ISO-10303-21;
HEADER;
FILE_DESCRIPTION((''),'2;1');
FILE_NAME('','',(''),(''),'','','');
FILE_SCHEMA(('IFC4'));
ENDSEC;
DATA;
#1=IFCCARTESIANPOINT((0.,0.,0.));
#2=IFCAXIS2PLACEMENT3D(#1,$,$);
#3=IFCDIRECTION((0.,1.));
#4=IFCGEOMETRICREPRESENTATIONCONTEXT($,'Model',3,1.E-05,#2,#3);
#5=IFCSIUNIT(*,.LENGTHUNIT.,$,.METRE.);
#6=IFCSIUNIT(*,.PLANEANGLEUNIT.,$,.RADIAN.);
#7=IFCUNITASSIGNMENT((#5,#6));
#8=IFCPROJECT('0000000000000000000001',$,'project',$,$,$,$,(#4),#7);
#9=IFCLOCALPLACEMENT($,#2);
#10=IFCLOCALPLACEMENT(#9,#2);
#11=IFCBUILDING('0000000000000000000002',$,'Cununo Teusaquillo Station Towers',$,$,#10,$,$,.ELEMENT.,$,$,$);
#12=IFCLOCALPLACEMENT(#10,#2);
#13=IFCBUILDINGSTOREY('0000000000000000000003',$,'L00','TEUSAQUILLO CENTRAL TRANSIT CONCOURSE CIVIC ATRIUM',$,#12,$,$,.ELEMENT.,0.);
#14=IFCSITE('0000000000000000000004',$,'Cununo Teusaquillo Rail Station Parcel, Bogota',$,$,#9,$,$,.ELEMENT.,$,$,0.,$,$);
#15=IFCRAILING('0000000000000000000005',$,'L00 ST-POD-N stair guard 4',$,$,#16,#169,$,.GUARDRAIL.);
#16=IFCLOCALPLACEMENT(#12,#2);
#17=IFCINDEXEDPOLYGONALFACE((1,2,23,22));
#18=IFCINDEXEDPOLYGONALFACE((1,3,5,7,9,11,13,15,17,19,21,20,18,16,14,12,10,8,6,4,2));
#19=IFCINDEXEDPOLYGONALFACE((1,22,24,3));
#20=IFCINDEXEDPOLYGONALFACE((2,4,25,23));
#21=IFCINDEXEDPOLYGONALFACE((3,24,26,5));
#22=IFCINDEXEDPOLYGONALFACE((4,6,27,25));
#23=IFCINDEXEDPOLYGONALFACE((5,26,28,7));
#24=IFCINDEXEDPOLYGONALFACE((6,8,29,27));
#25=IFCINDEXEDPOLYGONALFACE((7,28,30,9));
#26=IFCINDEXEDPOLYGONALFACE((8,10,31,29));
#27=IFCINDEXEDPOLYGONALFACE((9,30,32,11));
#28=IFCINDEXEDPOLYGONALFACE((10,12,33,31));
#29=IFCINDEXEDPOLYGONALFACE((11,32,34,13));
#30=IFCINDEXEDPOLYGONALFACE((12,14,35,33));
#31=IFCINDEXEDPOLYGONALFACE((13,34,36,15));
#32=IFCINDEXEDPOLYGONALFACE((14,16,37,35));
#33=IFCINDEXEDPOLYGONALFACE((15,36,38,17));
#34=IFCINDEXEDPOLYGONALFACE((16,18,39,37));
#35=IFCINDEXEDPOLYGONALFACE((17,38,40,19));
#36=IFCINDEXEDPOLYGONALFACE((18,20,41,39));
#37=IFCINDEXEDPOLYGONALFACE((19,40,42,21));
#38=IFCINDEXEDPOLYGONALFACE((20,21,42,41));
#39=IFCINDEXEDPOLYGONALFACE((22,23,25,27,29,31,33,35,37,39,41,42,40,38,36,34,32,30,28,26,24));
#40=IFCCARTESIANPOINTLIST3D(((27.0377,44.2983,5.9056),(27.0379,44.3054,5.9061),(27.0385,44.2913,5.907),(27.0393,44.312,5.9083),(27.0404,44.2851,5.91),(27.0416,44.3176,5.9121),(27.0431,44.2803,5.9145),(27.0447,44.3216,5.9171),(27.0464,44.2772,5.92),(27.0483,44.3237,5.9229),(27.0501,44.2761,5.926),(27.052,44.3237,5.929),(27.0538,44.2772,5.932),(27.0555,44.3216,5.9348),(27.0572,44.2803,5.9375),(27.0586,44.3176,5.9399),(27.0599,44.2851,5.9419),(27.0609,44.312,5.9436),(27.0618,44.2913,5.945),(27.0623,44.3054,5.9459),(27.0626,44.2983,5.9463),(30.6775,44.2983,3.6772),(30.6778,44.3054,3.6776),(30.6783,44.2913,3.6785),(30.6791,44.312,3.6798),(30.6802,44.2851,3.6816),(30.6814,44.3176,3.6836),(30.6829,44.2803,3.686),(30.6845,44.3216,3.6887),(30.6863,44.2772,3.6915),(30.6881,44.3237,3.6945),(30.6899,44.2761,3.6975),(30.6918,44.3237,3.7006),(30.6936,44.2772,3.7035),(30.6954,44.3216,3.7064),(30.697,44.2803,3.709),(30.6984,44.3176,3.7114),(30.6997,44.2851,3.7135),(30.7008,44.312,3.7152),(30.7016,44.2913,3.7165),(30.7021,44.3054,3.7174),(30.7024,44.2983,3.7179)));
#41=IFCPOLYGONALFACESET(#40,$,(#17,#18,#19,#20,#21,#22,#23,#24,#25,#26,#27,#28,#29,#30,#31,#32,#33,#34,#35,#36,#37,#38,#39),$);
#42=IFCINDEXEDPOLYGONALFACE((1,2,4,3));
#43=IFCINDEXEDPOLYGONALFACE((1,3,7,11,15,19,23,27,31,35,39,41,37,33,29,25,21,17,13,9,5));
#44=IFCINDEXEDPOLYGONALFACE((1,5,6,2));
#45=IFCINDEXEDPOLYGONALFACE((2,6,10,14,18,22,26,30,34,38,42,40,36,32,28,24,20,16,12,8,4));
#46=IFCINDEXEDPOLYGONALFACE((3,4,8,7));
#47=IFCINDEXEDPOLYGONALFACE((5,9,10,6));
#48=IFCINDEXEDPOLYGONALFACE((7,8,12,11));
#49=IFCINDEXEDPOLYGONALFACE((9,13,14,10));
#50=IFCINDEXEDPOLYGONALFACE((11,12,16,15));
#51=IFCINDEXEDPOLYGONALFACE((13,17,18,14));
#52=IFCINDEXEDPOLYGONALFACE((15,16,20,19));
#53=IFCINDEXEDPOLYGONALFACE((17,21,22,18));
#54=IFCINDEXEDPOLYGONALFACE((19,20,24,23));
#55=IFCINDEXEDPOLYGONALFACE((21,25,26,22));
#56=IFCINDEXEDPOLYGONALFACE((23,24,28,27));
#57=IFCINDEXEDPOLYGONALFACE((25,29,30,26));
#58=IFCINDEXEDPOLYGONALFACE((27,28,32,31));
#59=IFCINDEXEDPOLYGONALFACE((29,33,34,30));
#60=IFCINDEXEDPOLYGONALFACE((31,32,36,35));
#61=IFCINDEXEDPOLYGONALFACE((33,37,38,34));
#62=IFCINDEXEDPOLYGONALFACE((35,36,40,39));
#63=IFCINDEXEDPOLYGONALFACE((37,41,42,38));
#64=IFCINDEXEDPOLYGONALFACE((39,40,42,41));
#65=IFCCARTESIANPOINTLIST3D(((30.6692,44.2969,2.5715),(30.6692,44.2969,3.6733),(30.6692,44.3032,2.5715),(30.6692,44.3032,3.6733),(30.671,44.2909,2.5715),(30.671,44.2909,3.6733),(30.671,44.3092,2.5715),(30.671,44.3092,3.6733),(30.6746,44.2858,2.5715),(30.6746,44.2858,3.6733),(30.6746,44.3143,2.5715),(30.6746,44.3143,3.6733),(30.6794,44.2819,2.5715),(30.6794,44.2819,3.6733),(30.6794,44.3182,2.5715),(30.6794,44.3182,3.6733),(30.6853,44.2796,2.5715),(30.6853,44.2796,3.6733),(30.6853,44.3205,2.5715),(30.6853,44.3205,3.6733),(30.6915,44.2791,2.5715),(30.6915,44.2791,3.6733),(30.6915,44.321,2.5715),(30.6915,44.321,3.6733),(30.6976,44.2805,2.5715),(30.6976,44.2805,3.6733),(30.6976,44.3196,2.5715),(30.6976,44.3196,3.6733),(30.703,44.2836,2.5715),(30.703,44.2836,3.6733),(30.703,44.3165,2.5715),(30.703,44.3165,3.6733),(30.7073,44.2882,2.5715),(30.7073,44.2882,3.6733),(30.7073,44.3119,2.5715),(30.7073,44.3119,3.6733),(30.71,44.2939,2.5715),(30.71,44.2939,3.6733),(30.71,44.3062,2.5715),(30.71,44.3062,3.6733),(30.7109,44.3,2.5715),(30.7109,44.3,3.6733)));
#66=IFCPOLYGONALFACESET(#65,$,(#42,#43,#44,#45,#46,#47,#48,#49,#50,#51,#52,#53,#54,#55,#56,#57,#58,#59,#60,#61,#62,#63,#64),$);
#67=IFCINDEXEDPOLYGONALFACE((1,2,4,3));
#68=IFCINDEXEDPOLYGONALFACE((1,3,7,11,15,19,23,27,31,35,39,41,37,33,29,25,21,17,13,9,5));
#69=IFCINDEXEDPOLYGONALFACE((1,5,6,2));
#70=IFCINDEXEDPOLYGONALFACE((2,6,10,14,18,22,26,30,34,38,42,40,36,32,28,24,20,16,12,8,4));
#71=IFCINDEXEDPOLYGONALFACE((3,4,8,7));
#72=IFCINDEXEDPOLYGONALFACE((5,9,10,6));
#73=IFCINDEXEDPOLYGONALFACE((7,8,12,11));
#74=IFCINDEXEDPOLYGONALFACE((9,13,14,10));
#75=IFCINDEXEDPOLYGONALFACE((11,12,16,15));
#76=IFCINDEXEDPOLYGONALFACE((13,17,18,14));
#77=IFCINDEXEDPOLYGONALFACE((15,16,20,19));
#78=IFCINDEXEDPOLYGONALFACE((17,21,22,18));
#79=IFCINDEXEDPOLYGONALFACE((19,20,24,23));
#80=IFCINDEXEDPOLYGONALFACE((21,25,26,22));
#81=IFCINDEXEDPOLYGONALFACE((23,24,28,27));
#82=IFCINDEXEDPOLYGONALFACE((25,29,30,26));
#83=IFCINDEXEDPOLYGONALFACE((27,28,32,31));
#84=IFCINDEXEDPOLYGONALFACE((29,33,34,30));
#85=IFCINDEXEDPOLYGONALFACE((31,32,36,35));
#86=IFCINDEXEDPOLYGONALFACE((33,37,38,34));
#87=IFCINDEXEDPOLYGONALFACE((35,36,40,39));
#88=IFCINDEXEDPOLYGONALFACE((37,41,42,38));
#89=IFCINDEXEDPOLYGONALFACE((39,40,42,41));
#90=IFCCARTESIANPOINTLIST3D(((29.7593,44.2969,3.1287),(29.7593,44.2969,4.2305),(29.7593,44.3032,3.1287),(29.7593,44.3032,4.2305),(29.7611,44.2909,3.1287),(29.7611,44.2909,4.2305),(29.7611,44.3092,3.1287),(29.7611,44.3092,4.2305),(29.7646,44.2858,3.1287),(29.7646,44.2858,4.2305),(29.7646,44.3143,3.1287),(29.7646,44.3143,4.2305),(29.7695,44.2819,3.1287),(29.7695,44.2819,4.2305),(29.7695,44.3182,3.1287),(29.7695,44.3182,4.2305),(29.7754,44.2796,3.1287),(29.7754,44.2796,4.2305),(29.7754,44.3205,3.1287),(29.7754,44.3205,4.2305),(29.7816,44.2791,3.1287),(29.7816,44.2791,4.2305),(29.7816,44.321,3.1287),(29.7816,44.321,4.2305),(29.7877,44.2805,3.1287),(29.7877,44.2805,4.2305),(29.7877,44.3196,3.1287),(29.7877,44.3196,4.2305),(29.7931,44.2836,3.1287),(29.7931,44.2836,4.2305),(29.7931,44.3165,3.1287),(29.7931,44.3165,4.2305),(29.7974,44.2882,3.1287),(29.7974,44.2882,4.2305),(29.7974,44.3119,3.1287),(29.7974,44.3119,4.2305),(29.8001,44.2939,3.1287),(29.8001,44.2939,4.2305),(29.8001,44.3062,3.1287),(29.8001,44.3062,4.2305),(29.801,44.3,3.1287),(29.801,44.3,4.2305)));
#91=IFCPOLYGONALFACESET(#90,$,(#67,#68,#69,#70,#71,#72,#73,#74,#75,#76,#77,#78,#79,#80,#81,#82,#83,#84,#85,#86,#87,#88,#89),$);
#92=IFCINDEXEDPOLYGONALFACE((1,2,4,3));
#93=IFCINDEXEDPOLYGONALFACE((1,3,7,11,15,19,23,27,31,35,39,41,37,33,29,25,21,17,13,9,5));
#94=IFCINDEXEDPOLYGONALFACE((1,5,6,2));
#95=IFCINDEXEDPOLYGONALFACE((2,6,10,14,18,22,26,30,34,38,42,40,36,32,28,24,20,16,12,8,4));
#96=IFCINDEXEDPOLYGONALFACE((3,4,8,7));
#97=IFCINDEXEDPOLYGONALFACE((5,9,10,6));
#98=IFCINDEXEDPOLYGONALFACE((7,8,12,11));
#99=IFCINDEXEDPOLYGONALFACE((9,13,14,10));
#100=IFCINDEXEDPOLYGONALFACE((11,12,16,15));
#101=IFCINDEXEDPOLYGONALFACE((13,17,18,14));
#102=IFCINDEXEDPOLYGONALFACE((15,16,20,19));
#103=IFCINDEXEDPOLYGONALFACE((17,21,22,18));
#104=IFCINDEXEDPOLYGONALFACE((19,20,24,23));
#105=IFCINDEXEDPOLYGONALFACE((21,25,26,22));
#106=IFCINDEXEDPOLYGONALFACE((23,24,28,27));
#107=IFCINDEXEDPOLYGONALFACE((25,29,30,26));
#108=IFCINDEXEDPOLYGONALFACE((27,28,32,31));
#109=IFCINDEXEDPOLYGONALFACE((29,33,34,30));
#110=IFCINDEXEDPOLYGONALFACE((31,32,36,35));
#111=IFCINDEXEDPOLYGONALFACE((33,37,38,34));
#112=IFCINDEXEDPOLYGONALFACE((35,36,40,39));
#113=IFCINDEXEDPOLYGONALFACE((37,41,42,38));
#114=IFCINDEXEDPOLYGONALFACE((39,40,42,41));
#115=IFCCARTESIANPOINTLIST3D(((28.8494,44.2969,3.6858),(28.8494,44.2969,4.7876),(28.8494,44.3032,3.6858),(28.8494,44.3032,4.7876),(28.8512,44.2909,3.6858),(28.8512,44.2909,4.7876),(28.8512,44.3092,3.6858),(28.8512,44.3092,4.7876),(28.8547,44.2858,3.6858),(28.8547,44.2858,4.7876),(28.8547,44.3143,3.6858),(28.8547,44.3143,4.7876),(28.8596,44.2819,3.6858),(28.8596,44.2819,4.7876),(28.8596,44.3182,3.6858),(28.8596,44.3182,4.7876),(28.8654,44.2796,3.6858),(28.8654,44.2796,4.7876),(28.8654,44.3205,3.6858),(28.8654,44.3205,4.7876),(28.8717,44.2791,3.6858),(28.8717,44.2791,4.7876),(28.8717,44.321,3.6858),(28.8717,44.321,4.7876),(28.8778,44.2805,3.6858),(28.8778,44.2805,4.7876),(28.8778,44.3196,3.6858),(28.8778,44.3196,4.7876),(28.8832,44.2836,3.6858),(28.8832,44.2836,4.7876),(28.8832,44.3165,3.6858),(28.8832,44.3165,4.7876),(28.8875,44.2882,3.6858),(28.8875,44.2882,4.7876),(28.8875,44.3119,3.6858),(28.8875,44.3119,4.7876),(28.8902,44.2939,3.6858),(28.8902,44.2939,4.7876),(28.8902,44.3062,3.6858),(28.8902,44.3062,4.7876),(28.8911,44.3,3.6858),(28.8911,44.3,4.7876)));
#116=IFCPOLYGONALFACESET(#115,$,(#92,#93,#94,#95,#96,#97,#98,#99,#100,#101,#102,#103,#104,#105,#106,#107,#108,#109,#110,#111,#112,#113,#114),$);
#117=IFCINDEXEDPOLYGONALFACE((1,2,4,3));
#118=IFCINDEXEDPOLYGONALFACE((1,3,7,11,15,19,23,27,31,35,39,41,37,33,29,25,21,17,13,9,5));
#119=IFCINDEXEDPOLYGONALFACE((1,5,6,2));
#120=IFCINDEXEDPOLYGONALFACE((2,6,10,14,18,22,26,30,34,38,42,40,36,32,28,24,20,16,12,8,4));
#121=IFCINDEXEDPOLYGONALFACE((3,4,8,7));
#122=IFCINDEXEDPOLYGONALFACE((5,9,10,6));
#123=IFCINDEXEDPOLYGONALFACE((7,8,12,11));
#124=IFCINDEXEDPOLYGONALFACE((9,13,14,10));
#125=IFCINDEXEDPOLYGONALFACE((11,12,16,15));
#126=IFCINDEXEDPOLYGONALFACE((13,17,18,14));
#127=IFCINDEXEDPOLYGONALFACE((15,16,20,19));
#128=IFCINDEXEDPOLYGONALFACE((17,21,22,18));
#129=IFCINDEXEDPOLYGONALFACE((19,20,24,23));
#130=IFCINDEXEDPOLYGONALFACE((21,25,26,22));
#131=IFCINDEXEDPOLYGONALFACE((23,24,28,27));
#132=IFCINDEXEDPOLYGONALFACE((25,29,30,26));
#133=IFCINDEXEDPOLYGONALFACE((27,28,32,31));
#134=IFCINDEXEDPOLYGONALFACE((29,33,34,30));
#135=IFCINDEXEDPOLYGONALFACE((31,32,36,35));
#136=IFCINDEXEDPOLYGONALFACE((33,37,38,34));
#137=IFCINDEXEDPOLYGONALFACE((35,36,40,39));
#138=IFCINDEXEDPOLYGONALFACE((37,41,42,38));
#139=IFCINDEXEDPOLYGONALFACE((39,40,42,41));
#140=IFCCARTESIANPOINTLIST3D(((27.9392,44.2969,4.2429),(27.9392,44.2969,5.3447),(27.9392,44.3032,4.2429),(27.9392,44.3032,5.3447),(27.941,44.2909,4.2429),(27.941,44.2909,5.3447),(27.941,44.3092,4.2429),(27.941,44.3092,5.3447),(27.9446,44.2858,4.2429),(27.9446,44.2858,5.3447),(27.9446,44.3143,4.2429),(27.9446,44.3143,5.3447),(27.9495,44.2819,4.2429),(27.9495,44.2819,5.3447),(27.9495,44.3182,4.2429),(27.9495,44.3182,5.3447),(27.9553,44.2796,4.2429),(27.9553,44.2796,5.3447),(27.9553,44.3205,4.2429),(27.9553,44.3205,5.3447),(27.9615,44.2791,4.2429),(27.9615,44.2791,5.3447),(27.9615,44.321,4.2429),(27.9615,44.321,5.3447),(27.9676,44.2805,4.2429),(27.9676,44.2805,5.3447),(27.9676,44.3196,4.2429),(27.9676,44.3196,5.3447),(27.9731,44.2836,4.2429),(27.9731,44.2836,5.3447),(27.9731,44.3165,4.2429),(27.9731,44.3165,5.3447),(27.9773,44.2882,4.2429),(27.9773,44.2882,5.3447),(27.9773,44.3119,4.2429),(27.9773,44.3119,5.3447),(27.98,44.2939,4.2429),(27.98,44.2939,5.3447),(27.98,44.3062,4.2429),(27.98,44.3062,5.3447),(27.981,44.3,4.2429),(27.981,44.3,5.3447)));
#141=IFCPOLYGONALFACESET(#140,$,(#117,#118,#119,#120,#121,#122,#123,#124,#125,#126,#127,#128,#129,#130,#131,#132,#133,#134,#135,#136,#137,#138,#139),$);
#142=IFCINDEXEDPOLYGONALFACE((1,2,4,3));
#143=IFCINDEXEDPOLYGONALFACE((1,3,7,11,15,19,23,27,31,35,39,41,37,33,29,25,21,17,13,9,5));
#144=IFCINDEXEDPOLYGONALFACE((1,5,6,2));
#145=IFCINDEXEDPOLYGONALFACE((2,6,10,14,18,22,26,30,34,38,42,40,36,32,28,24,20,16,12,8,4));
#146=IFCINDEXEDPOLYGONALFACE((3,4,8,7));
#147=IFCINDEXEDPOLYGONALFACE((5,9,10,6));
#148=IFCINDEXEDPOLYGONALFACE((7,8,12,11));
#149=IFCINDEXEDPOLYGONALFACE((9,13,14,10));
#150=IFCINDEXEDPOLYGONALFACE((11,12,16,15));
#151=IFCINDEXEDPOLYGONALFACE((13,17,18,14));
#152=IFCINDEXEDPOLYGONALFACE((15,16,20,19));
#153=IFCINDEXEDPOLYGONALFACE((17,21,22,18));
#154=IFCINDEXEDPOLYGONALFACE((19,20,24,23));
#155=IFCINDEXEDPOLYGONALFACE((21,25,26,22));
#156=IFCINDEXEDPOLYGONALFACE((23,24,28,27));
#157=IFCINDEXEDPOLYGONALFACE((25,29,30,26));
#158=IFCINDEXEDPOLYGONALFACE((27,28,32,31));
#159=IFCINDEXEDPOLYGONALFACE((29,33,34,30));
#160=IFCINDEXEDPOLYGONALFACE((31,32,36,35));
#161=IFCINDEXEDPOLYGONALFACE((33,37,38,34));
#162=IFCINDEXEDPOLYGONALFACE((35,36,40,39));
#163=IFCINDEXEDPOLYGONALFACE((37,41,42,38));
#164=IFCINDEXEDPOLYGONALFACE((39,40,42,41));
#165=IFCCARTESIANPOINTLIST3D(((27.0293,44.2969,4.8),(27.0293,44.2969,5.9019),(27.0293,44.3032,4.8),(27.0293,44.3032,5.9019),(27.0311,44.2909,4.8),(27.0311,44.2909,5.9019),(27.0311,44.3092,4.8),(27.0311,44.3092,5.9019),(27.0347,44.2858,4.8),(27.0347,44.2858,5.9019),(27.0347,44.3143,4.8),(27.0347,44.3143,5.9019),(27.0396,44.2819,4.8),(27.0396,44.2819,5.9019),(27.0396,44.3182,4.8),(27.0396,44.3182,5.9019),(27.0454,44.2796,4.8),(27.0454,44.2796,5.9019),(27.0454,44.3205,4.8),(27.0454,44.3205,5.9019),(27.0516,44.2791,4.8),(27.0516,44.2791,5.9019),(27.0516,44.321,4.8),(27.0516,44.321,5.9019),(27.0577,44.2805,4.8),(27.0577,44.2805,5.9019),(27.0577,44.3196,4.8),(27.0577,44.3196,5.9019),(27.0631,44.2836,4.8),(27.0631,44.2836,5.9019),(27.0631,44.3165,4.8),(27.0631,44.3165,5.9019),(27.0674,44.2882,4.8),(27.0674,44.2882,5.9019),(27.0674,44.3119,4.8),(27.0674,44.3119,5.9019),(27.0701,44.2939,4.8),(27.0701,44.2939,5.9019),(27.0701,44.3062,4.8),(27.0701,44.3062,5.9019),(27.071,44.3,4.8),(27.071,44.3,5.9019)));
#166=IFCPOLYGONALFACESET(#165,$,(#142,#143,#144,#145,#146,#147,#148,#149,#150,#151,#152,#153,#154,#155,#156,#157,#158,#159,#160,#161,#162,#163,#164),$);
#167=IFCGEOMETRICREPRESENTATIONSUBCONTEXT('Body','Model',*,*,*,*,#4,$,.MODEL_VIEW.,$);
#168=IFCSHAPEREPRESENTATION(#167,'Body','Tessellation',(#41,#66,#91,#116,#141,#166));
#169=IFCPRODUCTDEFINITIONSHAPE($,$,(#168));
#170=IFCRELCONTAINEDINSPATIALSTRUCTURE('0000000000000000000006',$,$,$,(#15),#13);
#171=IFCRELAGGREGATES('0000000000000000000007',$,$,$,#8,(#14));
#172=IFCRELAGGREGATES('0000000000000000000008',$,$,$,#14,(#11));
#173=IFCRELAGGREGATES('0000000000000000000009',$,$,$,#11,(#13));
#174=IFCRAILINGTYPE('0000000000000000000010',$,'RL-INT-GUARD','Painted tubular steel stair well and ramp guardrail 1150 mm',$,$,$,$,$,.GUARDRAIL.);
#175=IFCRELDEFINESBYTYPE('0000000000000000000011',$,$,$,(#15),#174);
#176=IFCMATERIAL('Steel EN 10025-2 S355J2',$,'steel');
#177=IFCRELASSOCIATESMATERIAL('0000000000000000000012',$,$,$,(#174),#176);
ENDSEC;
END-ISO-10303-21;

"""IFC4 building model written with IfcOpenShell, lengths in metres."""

from ifc_helpers import new_model, si_unit, direction, frame, origin, origin_2d, place, context, subcontext, project, spatial, circle, extrude, material, type_object, element, save


model = new_model("IFC4")

# Units and contexts
model_context = context("Model", 3, precision=1e-05, world=origin(), true_north=direction((0.0, 1.0)))
body_context = subcontext(model_context, "Body", "Model", "MODEL_VIEW")
ifc_project = project(units=[si_unit("LENGTHUNIT", "METRE"), si_unit("PLANEANGLEUNIT", "RADIAN")], contexts=[model_context])

# Site, building, storey
site_placement = place(None, origin())
site = spatial("IfcSite", under=ifc_project, at=site_placement, Name="Cununo Teusaquillo Rail Station Parcel, Bogota", CompositionType="ELEMENT", RefElevation=0.0)
building_placement = place(site_placement, origin())
building = spatial("IfcBuilding", under=site, at=building_placement, Name="Cununo Teusaquillo Station Towers", CompositionType="ELEMENT")
storey_placement = place(building_placement, origin())
storey = spatial("IfcBuildingStorey", under=building, at=storey_placement, Name="L00", Description="TEUSAQUILLO CENTRAL TRANSIT CONCOURSE CIVIC ATRIUM", CompositionType="ELEMENT", Elevation=0.0)

# Railing
ifc_material_1 = material(Name="Steel EN 10025-2 S355J2", Category="steel")
railing_type_1 = type_object("IfcRailingType", Name="RL-INT-GUARD", Description="Painted tubular steel stair well and ramp guardrail 1150 mm", PredefinedType="GUARDRAIL", material=ifc_material_1)
railing_1_placement = place(storey_placement, frame((30.6899, 44.3, 2.5715)))
element("IfcRailing", 1, at=railing_1_placement, inside=storey, type_object=railing_type_1, Name="L00 ST-POD-N stair guard 4", PredefinedType="GUARDRAIL", context=body_context, shape_type="SweptSolid", body=[
    extrude(circle(Radius=0.0239, at=origin_2d()), frame((0.0, 0.0, 1.126), z_axis=(-0.85285, 0.0, 0.522156), x_axis=(0.0, -1.0, 0.0)), (0.0, 0.0, 1.0), 4.2678),
    extrude(circle(Radius=0.021, at=origin_2d()), origin(), (0.0, 0.0, 1.0), 1.1018),
    extrude(circle(Radius=0.021, at=origin_2d()), frame((-0.9099, 0.0, 0.5571)), (0.0, 0.0, 1.0), 1.1018),
    extrude(circle(Radius=0.021, at=origin_2d()), frame((-1.8198, 0.0, 1.1143)), (0.0, 0.0, 1.0), 1.1018),
    extrude(circle(Radius=0.021, at=origin_2d()), frame((-2.73, 0.0, 1.6714)), (0.0, 0.0, 1.0), 1.1018),
    extrude(circle(Radius=0.021, at=origin_2d()), frame((-3.6399, 0.0, 2.2285)), (0.0, 0.0, 1.0), 1.1018),
])

save(model, "model.ifc")
